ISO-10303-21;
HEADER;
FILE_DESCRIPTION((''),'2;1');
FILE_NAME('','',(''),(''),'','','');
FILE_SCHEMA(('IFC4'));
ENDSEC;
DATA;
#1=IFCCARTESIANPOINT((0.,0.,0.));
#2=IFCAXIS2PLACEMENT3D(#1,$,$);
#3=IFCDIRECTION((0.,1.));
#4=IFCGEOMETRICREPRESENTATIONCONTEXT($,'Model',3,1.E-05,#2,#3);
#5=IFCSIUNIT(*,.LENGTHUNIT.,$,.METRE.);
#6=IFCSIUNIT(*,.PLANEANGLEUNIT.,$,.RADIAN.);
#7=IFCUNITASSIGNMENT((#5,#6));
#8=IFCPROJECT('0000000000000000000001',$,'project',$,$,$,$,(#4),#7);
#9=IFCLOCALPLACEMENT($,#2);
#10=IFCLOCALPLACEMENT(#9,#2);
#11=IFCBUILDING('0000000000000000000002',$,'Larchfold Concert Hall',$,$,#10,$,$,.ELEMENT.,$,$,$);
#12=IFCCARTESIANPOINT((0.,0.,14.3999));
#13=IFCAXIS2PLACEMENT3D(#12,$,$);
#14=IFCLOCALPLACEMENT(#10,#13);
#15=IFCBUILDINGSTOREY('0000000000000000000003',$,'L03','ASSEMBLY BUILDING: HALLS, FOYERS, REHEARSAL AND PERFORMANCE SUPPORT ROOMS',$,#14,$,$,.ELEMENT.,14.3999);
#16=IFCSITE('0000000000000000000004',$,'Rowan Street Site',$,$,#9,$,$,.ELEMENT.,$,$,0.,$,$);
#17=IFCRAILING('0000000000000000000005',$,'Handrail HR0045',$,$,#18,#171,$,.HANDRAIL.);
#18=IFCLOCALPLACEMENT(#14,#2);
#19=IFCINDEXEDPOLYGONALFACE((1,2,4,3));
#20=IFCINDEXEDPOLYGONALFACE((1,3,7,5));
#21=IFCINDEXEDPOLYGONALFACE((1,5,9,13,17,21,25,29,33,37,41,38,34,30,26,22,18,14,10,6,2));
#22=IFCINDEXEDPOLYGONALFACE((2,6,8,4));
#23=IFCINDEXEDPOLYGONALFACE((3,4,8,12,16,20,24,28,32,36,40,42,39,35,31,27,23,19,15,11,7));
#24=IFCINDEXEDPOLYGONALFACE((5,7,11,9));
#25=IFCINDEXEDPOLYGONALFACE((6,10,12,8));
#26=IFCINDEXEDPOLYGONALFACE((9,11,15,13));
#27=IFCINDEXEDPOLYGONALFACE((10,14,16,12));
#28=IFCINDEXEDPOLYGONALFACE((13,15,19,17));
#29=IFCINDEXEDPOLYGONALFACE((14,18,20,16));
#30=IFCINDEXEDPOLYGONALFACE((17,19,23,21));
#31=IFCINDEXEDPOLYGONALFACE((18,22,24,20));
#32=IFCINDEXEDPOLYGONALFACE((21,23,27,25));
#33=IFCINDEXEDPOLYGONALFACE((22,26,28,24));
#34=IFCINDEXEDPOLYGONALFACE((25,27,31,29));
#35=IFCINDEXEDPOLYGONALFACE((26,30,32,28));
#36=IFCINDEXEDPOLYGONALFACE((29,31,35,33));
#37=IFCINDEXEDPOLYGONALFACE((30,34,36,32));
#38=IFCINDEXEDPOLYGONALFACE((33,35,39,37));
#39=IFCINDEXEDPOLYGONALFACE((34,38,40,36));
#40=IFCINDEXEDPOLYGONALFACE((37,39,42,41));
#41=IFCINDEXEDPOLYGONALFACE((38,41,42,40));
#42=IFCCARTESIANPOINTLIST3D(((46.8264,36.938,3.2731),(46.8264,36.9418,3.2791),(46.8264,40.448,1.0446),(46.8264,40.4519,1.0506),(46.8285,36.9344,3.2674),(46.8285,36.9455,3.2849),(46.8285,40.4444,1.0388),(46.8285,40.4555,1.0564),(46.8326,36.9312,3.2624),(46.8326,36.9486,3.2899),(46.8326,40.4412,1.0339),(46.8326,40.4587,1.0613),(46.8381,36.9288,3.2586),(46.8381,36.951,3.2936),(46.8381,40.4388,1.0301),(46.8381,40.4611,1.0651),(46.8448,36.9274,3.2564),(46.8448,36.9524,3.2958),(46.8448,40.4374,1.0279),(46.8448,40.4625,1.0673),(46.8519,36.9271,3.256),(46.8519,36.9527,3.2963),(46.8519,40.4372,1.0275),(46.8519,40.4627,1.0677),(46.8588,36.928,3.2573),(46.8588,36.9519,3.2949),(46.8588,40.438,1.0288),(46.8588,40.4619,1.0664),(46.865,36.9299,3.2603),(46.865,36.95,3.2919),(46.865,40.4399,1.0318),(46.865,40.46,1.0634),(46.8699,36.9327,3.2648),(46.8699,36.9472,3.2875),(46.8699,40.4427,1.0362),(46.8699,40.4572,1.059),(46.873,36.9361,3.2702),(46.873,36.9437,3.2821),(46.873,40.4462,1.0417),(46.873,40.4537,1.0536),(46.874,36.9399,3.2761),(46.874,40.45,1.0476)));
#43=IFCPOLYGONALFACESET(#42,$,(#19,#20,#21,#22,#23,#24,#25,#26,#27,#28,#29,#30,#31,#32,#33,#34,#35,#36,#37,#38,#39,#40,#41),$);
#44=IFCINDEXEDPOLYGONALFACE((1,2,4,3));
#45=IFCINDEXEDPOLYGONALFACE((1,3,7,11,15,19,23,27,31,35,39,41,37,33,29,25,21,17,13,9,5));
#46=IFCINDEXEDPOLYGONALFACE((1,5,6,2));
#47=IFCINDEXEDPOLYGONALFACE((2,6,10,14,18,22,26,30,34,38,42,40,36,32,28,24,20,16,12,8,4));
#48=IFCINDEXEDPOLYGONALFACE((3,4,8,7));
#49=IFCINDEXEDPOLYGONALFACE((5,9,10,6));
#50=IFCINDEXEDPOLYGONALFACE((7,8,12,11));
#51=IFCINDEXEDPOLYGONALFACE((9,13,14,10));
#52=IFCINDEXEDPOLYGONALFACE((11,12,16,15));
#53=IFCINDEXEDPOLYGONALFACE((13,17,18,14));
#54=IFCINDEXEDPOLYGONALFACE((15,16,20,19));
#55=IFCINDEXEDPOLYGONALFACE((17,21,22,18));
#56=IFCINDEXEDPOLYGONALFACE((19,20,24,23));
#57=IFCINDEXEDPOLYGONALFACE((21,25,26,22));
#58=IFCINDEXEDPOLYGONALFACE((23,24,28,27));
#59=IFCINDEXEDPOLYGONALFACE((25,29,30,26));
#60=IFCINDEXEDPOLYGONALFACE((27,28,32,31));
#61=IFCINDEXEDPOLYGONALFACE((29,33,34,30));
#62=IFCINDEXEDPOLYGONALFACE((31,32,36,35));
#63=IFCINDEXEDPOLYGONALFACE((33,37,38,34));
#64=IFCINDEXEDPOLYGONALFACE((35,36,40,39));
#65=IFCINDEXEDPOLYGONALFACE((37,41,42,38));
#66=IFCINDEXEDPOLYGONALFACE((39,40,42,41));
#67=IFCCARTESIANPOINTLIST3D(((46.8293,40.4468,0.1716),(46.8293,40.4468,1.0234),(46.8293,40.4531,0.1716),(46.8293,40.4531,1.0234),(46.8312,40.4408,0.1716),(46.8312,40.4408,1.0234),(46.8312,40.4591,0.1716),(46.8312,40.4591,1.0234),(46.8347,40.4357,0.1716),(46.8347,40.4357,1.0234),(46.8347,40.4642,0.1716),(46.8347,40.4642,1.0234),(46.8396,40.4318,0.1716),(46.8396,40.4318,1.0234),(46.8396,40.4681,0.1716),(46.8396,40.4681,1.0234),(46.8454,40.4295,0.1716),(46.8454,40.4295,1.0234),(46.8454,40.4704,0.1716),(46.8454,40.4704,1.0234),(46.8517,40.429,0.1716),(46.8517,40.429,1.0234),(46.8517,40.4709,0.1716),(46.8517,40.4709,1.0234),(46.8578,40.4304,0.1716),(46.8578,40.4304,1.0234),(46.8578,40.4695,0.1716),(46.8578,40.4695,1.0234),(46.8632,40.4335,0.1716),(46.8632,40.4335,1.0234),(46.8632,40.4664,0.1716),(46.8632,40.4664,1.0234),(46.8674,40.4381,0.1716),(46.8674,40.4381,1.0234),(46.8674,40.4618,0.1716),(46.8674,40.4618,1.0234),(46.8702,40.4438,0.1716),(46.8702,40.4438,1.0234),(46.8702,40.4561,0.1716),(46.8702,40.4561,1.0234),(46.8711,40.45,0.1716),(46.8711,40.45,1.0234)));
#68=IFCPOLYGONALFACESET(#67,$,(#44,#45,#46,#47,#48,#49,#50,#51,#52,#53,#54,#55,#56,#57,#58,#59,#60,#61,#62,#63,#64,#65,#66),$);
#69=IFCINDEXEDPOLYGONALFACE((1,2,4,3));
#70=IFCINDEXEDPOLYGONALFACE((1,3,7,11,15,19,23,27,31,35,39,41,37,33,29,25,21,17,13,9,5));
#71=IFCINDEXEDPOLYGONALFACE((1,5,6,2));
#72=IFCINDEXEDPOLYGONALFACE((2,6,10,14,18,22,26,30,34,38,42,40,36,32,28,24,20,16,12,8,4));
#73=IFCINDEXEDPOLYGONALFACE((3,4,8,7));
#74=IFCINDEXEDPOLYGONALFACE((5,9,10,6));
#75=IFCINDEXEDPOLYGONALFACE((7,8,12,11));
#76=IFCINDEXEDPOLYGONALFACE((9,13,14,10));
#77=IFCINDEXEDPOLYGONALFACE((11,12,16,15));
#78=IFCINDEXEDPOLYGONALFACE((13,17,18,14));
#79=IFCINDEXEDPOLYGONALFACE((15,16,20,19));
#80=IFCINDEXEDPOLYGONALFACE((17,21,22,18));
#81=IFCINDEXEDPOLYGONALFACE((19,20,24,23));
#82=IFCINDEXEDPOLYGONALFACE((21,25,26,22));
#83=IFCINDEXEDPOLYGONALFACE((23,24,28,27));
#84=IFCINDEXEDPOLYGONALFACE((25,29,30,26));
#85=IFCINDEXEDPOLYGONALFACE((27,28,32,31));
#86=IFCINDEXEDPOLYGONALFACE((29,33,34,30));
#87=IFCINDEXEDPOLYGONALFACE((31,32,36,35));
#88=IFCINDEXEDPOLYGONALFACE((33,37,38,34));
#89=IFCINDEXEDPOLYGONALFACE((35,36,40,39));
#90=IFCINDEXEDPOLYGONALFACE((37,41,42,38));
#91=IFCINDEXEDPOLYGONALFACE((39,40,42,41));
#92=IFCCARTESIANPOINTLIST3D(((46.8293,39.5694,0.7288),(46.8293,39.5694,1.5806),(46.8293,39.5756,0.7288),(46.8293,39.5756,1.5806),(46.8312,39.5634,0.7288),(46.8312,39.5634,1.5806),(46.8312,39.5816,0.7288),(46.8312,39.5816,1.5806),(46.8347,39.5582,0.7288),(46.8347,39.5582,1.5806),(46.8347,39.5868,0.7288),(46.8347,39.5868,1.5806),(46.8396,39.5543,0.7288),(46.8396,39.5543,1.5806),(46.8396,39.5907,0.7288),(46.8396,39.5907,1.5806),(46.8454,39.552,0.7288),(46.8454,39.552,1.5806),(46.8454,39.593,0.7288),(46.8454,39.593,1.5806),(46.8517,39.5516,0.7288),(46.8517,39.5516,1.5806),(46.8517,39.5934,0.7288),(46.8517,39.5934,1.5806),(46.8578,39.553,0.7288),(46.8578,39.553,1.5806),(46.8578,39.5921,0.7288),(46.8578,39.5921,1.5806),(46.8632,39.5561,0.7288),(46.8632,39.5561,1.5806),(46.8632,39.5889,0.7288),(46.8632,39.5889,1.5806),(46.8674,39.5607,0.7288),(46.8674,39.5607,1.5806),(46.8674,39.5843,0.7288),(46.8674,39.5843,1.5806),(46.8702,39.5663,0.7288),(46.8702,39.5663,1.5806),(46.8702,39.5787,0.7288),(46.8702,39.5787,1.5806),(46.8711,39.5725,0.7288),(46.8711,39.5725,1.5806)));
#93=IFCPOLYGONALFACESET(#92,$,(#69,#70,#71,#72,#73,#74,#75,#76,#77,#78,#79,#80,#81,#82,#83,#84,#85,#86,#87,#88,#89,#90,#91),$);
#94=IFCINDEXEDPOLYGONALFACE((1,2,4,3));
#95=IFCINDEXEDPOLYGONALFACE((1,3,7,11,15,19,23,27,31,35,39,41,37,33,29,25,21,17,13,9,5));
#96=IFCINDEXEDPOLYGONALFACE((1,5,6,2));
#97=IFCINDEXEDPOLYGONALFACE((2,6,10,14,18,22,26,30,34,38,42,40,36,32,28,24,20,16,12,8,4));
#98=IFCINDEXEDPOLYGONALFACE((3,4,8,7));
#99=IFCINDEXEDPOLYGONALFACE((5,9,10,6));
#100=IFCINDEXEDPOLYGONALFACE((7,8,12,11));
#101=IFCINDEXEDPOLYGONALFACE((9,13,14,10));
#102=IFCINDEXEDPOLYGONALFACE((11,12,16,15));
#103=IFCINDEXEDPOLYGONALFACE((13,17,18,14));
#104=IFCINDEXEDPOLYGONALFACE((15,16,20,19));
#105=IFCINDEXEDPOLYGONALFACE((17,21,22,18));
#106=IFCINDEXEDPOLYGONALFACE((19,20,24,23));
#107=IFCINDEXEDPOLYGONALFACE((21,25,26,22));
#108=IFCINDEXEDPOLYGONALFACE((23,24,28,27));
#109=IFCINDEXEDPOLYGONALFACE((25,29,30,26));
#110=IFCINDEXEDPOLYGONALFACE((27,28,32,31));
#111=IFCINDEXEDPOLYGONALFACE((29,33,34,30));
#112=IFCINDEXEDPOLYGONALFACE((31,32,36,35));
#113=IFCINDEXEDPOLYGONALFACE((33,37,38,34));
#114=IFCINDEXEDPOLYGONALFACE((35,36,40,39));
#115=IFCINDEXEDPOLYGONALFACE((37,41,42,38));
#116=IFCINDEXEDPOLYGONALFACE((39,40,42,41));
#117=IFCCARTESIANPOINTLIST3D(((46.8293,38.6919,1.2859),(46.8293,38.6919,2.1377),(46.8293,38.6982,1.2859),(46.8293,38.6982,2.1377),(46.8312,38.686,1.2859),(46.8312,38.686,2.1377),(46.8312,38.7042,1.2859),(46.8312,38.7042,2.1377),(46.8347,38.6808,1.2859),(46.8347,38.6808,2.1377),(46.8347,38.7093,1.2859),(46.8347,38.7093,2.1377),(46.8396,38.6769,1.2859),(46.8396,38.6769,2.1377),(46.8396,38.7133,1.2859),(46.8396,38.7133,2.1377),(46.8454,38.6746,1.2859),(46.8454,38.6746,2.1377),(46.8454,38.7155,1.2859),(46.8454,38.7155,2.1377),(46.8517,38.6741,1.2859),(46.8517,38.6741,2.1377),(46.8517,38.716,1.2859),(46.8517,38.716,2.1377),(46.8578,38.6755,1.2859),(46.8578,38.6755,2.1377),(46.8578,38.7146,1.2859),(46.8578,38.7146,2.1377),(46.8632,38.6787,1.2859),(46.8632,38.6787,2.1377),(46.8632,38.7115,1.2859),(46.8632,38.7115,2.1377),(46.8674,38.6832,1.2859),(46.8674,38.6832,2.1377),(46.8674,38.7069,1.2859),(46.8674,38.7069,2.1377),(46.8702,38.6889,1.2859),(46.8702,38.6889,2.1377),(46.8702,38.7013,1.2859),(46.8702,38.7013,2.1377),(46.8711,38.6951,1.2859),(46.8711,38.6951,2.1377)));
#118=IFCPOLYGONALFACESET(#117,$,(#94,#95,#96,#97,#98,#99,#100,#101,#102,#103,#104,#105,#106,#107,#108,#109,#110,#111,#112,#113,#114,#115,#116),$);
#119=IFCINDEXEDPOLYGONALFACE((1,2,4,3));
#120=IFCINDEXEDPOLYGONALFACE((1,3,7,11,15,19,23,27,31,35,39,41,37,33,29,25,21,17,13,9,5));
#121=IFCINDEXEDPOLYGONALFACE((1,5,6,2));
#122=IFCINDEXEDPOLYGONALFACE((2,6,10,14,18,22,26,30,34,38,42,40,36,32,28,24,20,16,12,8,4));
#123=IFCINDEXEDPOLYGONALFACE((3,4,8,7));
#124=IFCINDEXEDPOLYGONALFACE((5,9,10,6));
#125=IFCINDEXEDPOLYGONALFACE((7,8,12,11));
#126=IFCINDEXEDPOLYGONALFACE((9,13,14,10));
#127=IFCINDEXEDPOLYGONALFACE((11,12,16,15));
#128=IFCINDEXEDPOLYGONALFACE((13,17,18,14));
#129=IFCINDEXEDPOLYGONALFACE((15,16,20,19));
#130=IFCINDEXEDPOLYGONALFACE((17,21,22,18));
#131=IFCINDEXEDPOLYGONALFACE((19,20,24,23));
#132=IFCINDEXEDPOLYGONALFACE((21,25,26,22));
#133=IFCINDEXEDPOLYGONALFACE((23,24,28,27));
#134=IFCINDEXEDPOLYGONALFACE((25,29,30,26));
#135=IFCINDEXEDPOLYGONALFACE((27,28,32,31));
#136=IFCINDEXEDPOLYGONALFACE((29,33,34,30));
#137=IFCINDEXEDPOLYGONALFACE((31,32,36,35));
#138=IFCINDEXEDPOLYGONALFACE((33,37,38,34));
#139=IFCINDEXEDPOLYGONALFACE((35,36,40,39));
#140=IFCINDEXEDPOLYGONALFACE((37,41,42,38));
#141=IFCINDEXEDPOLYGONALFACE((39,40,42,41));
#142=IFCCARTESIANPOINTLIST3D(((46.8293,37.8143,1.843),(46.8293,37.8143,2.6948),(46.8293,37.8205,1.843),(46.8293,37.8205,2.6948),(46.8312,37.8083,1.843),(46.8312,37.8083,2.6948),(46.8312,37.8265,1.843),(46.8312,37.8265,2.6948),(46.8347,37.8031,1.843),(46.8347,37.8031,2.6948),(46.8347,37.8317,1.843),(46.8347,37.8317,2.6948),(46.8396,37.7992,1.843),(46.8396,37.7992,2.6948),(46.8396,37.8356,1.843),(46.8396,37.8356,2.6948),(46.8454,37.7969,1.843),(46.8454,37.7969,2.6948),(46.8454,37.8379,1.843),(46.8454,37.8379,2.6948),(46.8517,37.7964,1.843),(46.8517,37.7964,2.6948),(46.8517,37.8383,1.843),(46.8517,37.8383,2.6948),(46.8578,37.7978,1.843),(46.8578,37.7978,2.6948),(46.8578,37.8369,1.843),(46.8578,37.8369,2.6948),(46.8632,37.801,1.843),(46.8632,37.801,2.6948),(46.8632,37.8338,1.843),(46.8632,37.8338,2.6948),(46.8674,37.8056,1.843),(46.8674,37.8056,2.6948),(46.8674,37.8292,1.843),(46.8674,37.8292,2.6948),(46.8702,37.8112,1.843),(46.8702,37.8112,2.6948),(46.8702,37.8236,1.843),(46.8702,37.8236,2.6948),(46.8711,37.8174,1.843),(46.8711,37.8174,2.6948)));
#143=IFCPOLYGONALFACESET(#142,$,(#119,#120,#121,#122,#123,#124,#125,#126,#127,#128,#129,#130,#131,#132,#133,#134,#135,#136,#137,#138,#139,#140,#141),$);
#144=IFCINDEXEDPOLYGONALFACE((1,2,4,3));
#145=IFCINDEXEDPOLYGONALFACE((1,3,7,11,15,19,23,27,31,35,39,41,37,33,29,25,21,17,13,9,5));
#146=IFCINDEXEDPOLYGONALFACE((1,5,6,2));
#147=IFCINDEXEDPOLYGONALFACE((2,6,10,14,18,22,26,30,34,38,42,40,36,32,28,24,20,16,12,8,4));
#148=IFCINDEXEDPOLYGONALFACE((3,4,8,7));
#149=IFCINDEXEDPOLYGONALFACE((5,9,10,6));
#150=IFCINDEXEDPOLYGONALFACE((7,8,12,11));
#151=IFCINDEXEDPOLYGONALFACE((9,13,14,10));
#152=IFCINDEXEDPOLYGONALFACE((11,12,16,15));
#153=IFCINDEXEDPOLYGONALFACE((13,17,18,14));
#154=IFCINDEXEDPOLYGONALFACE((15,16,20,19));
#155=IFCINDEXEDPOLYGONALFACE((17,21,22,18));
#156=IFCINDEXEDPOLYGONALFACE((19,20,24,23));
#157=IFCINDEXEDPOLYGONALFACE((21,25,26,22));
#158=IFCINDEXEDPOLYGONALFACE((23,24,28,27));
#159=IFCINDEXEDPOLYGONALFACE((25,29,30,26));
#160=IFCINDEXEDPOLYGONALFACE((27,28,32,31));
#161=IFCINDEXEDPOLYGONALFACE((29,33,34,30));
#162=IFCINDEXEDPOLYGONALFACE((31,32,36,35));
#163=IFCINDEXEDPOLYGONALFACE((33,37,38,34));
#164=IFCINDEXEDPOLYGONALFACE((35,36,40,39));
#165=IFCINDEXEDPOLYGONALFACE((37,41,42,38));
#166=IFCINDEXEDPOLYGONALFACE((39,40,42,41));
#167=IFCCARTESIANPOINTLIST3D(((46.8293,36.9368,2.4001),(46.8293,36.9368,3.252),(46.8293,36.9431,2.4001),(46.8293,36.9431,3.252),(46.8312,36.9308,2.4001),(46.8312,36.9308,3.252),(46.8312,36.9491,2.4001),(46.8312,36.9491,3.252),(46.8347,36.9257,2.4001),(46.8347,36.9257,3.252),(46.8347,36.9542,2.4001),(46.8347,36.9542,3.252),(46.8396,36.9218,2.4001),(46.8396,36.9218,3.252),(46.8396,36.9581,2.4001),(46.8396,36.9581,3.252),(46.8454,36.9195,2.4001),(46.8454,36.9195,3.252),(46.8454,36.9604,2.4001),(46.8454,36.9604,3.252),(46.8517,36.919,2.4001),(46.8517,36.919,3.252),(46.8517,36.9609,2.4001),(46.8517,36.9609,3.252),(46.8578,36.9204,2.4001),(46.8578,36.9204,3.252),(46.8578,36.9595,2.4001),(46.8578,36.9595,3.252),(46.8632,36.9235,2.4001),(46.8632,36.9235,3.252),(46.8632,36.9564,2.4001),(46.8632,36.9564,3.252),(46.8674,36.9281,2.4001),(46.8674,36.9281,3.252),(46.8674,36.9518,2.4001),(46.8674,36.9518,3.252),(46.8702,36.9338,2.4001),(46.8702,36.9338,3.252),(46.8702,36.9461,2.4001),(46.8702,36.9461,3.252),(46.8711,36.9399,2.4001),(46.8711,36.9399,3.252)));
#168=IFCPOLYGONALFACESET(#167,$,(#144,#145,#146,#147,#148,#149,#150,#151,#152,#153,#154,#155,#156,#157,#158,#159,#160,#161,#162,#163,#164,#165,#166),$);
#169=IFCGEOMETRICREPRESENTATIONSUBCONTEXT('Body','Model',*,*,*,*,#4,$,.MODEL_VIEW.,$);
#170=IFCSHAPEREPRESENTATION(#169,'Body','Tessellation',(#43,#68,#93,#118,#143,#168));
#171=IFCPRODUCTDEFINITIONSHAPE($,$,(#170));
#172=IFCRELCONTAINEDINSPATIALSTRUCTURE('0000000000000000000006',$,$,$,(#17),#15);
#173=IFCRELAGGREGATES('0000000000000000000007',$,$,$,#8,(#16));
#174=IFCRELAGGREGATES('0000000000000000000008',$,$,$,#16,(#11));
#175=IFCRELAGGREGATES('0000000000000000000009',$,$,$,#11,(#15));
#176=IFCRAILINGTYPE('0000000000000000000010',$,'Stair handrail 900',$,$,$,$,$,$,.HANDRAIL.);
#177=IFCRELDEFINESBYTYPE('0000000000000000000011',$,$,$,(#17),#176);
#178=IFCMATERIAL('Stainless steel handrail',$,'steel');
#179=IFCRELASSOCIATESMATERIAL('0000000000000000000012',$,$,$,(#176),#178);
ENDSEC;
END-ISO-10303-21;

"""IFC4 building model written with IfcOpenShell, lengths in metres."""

from ifc_helpers import new_model, si_unit, direction, frame, origin, origin_2d, place, context, subcontext, project, spatial, circle, extrude, material, type_object, element, save


model = new_model("IFC4")

# Units and contexts
model_context = context("Model", 3, precision=1e-05, world=origin(), true_north=direction((0.0, 1.0)))
body_context = subcontext(model_context, "Body", "Model", "MODEL_VIEW")
ifc_project = project(units=[si_unit("LENGTHUNIT", "METRE"), si_unit("PLANEANGLEUNIT", "RADIAN")], contexts=[model_context])

# Site, building, storey
site_placement = place(None, origin())
site = spatial("IfcSite", under=ifc_project, at=site_placement, Name="Rowan Street Site", CompositionType="ELEMENT", RefElevation=0.0)
building_placement = place(site_placement, origin())
building = spatial("IfcBuilding", under=site, at=building_placement, Name="Larchfold Concert Hall", CompositionType="ELEMENT")
storey_placement = place(building_placement, frame((0.0, 0.0, 14.3999)))
storey = spatial("IfcBuildingStorey", under=building, at=storey_placement, Name="L03", Description="ASSEMBLY BUILDING: HALLS, FOYERS, REHEARSAL AND PERFORMANCE SUPPORT ROOMS", CompositionType="ELEMENT", Elevation=14.3999)

# Railing
ifc_material_1 = material(Name="Stainless steel handrail", Category="steel")
railing_type_1 = type_object("IfcRailingType", Name="Stair handrail 900", PredefinedType="HANDRAIL", material=ifc_material_1)
railing_1_placement = place(storey_placement, frame((46.8501, 40.45, 0.1716)))
element("IfcRailing", 1, at=railing_1_placement, inside=storey, type_object=railing_type_1, Name="Handrail HR0045", PredefinedType="HANDRAIL", context=body_context, shape_type="SweptSolid", body=[
    extrude(circle(Radius=0.0239, at=origin_2d()), frame((0.0, 0.0, 0.876), z_axis=(0.0, -0.84422, 0.535998), x_axis=(1.0, 0.0, 0.0)), (0.0, 0.0, 1.0), 4.1577),
    extrude(circle(Radius=0.021, at=origin_2d()), origin(), (0.0, 0.0, 1.0), 0.8518),
    extrude(circle(Radius=0.021, at=origin_2d()), frame((0.0, -0.8774, 0.5571)), (0.0, 0.0, 1.0), 0.8518),
    extrude(circle(Radius=0.021, at=origin_2d()), frame((0.0, -1.7549, 1.1143)), (0.0, 0.0, 1.0), 0.8518),
    extrude(circle(Radius=0.021, at=origin_2d()), frame((0.0, -2.6326, 1.6714)), (0.0, 0.0, 1.0), 0.8518),
    extrude(circle(Radius=0.021, at=origin_2d()), frame((0.0, -3.51, 2.2285)), (0.0, 0.0, 1.0), 0.8518),
])

save(model, "model.ifc")
